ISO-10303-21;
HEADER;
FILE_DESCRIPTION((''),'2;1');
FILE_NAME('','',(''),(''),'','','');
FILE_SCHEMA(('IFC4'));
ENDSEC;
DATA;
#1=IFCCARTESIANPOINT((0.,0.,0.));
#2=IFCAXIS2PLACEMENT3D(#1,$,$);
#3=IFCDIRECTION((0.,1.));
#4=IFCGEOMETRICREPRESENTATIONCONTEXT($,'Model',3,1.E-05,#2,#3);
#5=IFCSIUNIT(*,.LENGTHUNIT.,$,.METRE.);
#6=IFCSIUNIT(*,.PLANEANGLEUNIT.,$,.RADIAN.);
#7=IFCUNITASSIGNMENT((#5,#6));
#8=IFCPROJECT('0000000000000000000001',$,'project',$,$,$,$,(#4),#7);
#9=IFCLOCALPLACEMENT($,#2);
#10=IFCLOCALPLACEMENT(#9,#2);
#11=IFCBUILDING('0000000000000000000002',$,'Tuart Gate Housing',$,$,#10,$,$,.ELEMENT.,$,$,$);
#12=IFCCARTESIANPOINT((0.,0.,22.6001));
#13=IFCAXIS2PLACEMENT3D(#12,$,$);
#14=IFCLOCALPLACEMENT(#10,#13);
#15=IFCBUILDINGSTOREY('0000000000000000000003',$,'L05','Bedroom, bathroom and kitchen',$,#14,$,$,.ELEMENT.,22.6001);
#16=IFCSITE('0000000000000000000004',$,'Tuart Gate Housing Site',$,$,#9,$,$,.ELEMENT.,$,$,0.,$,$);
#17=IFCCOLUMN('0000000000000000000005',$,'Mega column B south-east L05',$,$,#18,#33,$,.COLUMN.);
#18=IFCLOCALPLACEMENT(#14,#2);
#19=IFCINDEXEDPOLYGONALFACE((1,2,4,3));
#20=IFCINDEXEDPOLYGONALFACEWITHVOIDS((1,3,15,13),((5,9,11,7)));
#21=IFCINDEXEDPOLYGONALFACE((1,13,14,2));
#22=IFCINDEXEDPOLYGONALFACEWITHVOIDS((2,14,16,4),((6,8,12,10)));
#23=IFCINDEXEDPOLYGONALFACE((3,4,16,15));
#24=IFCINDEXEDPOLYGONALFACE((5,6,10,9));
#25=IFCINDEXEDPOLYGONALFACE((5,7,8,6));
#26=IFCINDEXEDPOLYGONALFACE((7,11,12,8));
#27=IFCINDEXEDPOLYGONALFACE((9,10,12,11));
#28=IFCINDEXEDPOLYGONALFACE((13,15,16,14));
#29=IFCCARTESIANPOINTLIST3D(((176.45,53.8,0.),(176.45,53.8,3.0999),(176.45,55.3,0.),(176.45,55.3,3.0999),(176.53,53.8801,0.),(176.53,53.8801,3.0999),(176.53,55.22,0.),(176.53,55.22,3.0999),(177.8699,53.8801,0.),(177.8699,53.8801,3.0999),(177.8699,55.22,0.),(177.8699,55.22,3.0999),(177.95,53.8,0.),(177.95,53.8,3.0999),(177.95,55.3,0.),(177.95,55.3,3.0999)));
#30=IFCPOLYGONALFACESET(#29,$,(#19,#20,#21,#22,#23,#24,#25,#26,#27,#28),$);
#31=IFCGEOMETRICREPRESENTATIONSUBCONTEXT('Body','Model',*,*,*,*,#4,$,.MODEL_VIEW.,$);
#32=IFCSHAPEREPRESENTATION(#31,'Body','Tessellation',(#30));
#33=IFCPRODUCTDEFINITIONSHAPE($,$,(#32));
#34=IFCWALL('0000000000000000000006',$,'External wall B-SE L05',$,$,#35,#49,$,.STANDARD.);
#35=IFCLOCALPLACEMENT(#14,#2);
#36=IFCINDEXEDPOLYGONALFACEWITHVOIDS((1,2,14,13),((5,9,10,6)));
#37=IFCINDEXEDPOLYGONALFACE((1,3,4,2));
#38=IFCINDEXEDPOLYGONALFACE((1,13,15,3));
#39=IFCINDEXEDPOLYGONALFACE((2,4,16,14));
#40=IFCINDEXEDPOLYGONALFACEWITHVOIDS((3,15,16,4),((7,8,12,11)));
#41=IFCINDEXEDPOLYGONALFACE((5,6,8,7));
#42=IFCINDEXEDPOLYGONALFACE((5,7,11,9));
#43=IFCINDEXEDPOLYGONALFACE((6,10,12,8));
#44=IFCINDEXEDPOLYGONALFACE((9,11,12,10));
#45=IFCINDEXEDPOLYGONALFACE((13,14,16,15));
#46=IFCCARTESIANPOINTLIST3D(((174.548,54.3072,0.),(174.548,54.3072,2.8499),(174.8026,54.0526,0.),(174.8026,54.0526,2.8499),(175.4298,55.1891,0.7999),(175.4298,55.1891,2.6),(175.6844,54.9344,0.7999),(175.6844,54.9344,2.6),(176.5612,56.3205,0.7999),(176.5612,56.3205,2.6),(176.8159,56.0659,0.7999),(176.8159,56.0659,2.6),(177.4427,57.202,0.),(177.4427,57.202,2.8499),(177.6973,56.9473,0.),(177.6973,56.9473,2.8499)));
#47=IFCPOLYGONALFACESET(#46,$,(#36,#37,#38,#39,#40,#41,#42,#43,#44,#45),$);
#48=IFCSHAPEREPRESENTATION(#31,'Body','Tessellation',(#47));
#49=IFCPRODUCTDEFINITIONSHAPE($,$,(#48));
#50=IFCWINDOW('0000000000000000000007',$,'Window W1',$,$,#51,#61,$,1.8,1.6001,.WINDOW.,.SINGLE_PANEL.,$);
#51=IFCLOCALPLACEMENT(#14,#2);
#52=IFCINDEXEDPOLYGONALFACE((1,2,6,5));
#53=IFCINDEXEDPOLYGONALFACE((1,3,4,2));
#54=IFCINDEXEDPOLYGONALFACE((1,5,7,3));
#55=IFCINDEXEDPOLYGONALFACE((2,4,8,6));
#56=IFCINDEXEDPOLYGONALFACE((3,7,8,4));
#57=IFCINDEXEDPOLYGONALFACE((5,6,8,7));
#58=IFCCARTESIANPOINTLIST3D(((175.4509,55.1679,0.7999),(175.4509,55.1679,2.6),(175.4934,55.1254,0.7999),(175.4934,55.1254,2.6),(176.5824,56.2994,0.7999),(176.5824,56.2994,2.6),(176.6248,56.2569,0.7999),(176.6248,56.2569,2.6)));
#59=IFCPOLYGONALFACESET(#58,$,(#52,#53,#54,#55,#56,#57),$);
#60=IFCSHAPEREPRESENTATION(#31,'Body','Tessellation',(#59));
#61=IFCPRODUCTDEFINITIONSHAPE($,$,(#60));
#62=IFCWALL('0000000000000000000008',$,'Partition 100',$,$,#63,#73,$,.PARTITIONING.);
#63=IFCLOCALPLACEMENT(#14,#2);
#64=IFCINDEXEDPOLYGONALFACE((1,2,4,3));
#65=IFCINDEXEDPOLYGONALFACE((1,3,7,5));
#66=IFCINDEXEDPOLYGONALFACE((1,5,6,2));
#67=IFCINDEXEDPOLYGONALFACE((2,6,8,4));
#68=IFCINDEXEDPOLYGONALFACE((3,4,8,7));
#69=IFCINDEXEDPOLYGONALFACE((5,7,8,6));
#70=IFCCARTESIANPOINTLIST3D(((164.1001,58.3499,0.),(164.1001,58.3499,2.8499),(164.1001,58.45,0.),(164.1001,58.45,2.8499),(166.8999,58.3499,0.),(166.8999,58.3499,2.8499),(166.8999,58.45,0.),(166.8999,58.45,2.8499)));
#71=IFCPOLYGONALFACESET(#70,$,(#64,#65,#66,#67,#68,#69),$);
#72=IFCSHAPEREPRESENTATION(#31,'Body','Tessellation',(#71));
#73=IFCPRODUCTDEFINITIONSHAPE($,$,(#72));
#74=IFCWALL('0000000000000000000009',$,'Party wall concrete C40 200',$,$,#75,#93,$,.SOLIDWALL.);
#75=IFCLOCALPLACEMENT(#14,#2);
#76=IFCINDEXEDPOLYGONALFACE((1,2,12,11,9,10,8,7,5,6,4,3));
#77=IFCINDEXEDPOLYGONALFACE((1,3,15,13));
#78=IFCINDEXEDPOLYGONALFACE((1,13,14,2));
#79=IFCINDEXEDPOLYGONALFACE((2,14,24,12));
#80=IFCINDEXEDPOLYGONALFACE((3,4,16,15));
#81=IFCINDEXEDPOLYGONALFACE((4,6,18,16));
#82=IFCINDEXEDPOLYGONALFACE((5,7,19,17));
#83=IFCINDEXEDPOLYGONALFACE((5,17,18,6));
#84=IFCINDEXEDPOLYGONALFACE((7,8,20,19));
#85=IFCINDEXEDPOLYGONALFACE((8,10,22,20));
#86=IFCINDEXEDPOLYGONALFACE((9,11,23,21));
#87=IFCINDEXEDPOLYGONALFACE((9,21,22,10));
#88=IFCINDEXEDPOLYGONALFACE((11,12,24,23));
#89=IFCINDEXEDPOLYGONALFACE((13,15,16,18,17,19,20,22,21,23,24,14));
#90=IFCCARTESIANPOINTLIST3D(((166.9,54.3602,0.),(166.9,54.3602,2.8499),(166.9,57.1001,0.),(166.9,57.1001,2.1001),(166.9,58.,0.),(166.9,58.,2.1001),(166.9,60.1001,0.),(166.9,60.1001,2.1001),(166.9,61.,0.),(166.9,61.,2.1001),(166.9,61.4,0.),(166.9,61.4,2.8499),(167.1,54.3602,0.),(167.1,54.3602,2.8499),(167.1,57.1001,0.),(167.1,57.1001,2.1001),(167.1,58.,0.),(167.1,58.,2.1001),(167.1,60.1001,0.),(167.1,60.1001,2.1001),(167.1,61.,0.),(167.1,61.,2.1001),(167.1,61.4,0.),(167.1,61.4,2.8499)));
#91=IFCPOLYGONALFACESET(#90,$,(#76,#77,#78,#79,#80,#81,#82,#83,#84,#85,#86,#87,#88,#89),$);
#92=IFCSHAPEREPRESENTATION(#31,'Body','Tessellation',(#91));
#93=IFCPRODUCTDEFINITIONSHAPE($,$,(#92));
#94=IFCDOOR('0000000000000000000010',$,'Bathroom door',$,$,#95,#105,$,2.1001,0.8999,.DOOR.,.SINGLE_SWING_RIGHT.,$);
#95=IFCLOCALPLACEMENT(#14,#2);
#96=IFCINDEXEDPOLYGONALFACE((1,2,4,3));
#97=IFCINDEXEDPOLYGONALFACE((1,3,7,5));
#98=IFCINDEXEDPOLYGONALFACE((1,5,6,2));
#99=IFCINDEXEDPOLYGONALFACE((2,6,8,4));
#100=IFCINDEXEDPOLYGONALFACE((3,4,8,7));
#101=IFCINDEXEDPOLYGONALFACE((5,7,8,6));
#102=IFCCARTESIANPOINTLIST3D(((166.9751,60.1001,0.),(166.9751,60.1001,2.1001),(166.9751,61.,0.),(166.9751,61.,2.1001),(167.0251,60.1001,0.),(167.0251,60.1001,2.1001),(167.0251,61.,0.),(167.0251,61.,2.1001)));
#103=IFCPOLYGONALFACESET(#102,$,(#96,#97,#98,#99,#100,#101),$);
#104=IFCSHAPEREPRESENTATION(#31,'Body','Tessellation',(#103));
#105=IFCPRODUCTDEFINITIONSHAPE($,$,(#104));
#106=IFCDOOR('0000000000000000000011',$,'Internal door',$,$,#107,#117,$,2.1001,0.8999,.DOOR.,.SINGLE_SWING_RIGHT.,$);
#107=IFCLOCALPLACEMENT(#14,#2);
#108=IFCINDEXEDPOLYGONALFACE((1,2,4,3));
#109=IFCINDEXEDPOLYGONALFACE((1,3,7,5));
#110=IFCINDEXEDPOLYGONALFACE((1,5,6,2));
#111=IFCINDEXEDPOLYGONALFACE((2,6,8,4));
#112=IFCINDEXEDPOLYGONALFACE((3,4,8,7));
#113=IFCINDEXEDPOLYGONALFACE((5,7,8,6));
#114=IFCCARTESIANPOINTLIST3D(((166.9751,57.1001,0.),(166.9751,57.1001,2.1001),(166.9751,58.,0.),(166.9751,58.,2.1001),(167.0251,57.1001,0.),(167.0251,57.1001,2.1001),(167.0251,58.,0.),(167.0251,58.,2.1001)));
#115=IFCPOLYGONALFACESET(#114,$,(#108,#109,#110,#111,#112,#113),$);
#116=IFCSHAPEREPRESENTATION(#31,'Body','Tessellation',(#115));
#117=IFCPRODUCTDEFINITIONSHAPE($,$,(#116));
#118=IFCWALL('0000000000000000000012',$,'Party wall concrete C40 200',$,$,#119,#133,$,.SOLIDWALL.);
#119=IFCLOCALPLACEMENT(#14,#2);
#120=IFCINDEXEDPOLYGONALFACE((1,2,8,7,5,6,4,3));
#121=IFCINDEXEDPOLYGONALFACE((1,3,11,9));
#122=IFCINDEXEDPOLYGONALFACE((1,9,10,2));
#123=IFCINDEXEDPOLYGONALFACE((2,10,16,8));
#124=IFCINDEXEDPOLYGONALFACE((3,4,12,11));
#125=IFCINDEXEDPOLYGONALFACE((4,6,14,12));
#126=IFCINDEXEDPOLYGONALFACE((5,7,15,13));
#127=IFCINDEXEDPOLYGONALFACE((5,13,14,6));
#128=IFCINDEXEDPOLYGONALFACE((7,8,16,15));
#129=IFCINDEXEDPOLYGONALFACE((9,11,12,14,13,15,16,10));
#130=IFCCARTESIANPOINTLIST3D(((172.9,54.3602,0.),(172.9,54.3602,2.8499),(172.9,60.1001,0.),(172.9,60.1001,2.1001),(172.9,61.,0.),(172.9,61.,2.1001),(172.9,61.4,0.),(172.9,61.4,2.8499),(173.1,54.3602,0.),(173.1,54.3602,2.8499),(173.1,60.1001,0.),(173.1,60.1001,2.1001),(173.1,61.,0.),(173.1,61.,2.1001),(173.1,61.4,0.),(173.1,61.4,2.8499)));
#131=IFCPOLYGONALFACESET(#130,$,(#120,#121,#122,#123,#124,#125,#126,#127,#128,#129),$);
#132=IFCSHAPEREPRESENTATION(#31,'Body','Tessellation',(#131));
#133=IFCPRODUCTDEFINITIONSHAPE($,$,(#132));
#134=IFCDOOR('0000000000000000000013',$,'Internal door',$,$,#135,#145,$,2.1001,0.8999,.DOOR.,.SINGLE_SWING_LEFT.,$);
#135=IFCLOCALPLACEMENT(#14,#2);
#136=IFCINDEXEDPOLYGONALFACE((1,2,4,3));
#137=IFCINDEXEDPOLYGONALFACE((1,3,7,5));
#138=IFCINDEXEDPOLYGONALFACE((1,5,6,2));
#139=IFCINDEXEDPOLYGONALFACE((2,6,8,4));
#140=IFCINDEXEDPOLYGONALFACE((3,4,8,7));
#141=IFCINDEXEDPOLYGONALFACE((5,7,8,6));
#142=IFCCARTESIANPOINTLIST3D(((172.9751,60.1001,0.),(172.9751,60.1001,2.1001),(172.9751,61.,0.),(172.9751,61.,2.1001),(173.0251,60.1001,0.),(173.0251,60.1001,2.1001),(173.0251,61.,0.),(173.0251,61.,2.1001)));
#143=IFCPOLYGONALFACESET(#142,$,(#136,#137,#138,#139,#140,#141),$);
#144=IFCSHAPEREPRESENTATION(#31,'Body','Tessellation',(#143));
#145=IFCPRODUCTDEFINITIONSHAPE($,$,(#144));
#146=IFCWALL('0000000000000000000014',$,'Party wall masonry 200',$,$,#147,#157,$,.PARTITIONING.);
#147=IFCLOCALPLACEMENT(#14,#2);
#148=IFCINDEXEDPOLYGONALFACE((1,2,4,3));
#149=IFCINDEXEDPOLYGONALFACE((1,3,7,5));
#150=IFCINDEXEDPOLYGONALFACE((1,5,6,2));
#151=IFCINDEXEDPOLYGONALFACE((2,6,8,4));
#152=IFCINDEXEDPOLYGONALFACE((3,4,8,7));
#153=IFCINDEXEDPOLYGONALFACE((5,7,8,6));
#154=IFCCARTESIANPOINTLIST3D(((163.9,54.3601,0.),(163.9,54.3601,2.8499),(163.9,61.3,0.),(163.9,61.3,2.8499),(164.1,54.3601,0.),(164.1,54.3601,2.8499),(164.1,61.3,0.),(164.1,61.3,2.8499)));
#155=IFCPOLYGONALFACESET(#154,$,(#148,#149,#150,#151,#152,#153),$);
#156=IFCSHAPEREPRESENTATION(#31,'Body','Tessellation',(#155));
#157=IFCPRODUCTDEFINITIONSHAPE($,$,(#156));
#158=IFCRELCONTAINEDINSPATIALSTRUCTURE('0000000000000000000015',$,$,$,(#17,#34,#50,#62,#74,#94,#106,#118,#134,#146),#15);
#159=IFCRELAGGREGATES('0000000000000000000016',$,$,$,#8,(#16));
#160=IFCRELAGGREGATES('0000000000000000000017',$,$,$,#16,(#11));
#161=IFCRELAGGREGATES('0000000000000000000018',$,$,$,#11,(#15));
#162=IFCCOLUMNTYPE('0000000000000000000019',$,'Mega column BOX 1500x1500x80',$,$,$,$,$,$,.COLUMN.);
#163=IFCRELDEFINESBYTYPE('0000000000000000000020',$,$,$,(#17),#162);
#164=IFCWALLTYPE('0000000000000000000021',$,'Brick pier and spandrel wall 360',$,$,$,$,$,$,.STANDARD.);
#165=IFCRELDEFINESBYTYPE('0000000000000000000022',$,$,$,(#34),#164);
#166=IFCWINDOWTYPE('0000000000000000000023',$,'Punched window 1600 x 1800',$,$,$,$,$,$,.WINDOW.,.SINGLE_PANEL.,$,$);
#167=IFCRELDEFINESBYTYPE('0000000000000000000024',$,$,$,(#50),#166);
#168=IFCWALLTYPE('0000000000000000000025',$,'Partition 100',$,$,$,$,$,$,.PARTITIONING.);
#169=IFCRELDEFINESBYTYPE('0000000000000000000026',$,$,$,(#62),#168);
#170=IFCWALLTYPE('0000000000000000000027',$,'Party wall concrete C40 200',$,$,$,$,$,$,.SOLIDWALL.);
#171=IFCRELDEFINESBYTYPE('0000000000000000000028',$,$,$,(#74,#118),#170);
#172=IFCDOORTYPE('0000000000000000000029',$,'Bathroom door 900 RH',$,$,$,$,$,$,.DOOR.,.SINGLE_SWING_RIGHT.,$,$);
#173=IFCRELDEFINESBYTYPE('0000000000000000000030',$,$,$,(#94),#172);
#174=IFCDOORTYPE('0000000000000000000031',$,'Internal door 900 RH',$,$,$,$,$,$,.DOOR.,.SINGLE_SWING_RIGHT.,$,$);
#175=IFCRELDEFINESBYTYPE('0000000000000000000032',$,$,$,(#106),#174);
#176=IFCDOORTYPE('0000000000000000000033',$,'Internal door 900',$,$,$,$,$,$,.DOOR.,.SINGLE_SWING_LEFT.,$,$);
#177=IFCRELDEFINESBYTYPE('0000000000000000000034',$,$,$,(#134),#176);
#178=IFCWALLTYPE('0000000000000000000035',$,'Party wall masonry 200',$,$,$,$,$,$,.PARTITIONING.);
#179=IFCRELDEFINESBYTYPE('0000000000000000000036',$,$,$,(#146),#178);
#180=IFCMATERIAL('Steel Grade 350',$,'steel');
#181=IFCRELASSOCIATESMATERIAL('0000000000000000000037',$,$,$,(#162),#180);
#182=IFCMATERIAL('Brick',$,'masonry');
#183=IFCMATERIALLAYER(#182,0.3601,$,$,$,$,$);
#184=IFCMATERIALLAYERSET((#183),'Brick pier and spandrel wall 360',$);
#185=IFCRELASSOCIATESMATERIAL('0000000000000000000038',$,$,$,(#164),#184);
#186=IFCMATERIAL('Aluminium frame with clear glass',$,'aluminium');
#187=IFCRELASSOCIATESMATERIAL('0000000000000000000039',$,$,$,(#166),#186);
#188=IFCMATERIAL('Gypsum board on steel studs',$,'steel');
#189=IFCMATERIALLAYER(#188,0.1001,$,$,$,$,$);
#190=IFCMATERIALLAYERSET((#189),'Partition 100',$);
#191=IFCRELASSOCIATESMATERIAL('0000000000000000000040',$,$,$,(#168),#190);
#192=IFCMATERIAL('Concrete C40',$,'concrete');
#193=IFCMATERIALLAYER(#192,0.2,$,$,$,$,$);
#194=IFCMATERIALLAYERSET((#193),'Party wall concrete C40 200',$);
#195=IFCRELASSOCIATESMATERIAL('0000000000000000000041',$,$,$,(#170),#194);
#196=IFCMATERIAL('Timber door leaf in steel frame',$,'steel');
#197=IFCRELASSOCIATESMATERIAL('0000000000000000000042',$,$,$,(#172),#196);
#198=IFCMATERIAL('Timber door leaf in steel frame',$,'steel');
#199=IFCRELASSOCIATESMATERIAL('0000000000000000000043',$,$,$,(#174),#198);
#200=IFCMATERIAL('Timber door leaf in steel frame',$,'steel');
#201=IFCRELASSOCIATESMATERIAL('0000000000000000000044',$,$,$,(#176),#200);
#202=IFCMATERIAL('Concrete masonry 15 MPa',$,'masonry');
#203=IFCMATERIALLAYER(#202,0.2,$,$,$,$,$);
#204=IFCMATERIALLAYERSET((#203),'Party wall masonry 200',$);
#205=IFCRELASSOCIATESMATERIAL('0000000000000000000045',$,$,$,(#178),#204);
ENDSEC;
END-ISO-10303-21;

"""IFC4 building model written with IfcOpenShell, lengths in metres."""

from ifc_helpers import new_model, si_unit, direction, frame, frame_2d, origin, origin_2d, place, context, subcontext, project, spatial, rectangle, hollow_rectangle, extrude, material, layer, layer_set, material_profile, profile_set, type_object, element, fill, save


model = new_model("IFC4")

# Units and contexts
model_context = context("Model", 3, precision=1e-05, world=origin(), true_north=direction((0.0, 1.0)))
body_context = subcontext(model_context, "Body", "Model", "MODEL_VIEW")
ifc_project = project(units=[si_unit("LENGTHUNIT", "METRE"), si_unit("PLANEANGLEUNIT", "RADIAN")], contexts=[model_context])

# Site, building, storey
site_placement = place(None, origin())
site = spatial("IfcSite", under=ifc_project, at=site_placement, Name="Tuart Gate Housing Site", CompositionType="ELEMENT", RefElevation=0.0)
building_placement = place(site_placement, origin())
building = spatial("IfcBuilding", under=site, at=building_placement, Name="Tuart Gate Housing", CompositionType="ELEMENT")
storey_placement = place(building_placement, frame((0.0, 0.0, 22.6001)))
storey = spatial("IfcBuildingStorey", under=building, at=storey_placement, Name="L05", Description="Bedroom, bathroom and kitchen", CompositionType="ELEMENT", Elevation=22.6001)

# Column
ifc_material_1 = material(Name="Steel Grade 350", Category="steel")
ifc_material_profile = material_profile(ifc_material_1, hollow_rectangle(XDim=1.5, YDim=1.5, WallThickness=0.0801, at=origin_2d()), Name="BOX 1500x1500x80")
ifc_profile_set = profile_set([ifc_material_profile], Name="Steel Grade 350")
column_type = type_object("IfcColumnType", Name="Mega column BOX 1500x1500x80", PredefinedType="COLUMN", material=ifc_profile_set)
column_placement = place(storey_placement, frame((177.2, 54.55, 0.0), z_axis=(0.0, 0.0, 1.0), x_axis=(1.0, 0.0, 0.0)))
element("IfcColumn", 1, at=column_placement, inside=storey, type_object=column_type, Name="Mega column B south-east L05", PredefinedType="COLUMN", context=body_context, shape_type="SweptSolid", body=[
    extrude(hollow_rectangle(XDim=1.5, YDim=1.5, WallThickness=0.0801, at=origin_2d()), origin(), (0.0, 0.0, 1.0), 3.0999),
])

# Wall, opening, window
ifc_material_2 = material(Name="Brick", Category="masonry")
ifc_layer_1 = layer(ifc_material_2, 0.3601)
ifc_layer_set_1 = layer_set([ifc_layer_1], Name="Brick pier and spandrel wall 360")
wall_type_1 = type_object("IfcWallType", Name="Brick pier and spandrel wall 360", PredefinedType="STANDARD", material=ifc_layer_set_1)
wall_1_placement = place(storey_placement, frame((174.6753, 54.1799, 0.0), z_axis=(0.0, 0.0, 1.0), x_axis=(0.707107, 0.707107, 0.0)))
wall_1 = element("IfcWall", 2, at=wall_1_placement, inside=storey, type_object=wall_type_1, Name="External wall B-SE L05", PredefinedType="STANDARD", context=body_context, shape_type="SweptSolid", body=[
    extrude(rectangle(XDim=4.0938, YDim=0.3601, at=frame_2d((2.0469, 0.0))), origin(), (0.0, 0.0, 1.0), 2.8499),
])
opening_1_placement = place(wall_1_placement, frame((1.2471, 0.0, 0.8)))
opening_1 = element("IfcOpeningElement", 3, at=opening_1_placement, cuts=wall_1, PredefinedType="OPENING", context=body_context, shape_type="SweptSolid", body=[
    extrude(rectangle(XDim=1.6001, YDim=1.8, at=frame_2d((0.8, 0.8999))), frame((0.0, 0.1899, 0.0), z_axis=(0.0, -1.0, 0.0), x_axis=(1.0, 0.0, 0.0)), (0.0, 0.0, 1.0), 0.3801),
])
ifc_material_3 = material(Name="Aluminium frame with clear glass", Category="aluminium")
window_type_1 = type_object("IfcWindowType", Name="Punched window 1600 x 1800", PartitioningType="SINGLE_PANEL", PredefinedType="WINDOW", material=ifc_material_3)
window_1_placement = place(opening_1_placement, origin())
window_1 = element("IfcWindow", 4, at=window_1_placement, inside=storey, type_object=window_type_1, Name="Window W1", OverallHeight=1.8, OverallWidth=1.6001, PartitioningType="SINGLE_PANEL", PredefinedType="WINDOW", context=body_context, shape_type="SweptSolid", body=[
    extrude(rectangle(XDim=1.6001, YDim=1.8, at=frame_2d((0.8, 0.8999))), frame((0.0, 0.1501, 0.0), z_axis=(0.0, -1.0, 0.0), x_axis=(1.0, 0.0, 0.0)), (0.0, 0.0, 1.0), 0.0601),
])
fill(opening_1, window_1)

# Wall
ifc_material_4 = material(Name="Gypsum board on steel studs", Category="steel")
ifc_layer_2 = layer(ifc_material_4, 0.1001)
ifc_layer_set_2 = layer_set([ifc_layer_2], Name="Partition 100")
wall_type_2 = type_object("IfcWallType", Name="Partition 100", PredefinedType="PARTITIONING", material=ifc_layer_set_2)
wall_2_placement = place(storey_placement, frame((164.1001, 58.3999, 0.0), z_axis=(0.0, 0.0, 1.0), x_axis=(1.0, 0.0, 0.0)))
element("IfcWall", 5, at=wall_2_placement, inside=storey, type_object=wall_type_2, Name="Partition 100", PredefinedType="PARTITIONING", context=body_context, shape_type="SweptSolid", body=[
    extrude(rectangle(XDim=2.7998, YDim=0.1001, at=frame_2d((1.3999, 0.0))), origin(), (0.0, 0.0, 1.0), 2.8499),
])

# Wall, openings, doors
ifc_material_5 = material(Name="Concrete C40", Category="concrete")
ifc_layer_3 = layer(ifc_material_5, 0.2)
ifc_layer_set_3 = layer_set([ifc_layer_3], Name="Party wall concrete C40 200")
wall_type_3 = type_object("IfcWallType", Name="Party wall concrete C40 200", PredefinedType="SOLIDWALL", material=ifc_layer_set_3)
wall_3_placement = place(storey_placement, frame((167.0, 54.3601, 0.0), z_axis=(0.0, 0.0, 1.0), x_axis=(0.0, 1.0, 0.0)))
wall_3 = element("IfcWall", 6, at=wall_3_placement, inside=storey, type_object=wall_type_3, Name="Party wall concrete C40 200", PredefinedType="SOLIDWALL", context=body_context, shape_type="SweptSolid", body=[
    extrude(rectangle(XDim=7.0398, YDim=0.2, at=frame_2d((3.52, 0.0))), origin(), (0.0, 0.0, 1.0), 2.8499),
])
opening_2_placement = place(wall_3_placement, frame((2.74, 0.0, 0.0)))
opening_2 = element("IfcOpeningElement", 7, at=opening_2_placement, cuts=wall_3, PredefinedType="OPENING", context=body_context, shape_type="SweptSolid", body=[
    extrude(rectangle(XDim=0.8999, YDim=2.1001, at=frame_2d((0.45, 1.05))), frame((0.0, 0.1099, 0.0), z_axis=(0.0, -1.0, 0.0), x_axis=(1.0, 0.0, 0.0)), (0.0, 0.0, 1.0), 0.22),
])
opening_3_placement = place(wall_3_placement, frame((5.74, 0.0, 0.0)))
opening_3 = element("IfcOpeningElement", 8, at=opening_3_placement, cuts=wall_3, PredefinedType="OPENING", context=body_context, shape_type="SweptSolid", body=[
    extrude(rectangle(XDim=0.8999, YDim=2.1001, at=frame_2d((0.45, 1.05))), frame((0.0, 0.1099, 0.0), z_axis=(0.0, -1.0, 0.0), x_axis=(1.0, 0.0, 0.0)), (0.0, 0.0, 1.0), 0.22),
])
ifc_material_6 = material(Name="Timber door leaf in steel frame", Category="steel")
door_type_1 = type_object("IfcDoorType", Name="Bathroom door 900 RH", OperationType="SINGLE_SWING_RIGHT", PredefinedType="DOOR", material=ifc_material_6)
door_1_placement = place(opening_3_placement, origin())
door_1 = element("IfcDoor", 9, at=door_1_placement, inside=storey, type_object=door_type_1, Name="Bathroom door", OperationType="SINGLE_SWING_RIGHT", OverallHeight=2.1001, OverallWidth=0.8999, PredefinedType="DOOR", context=body_context, shape_type="SweptSolid", body=[
    extrude(rectangle(XDim=0.8999, YDim=2.1001, at=frame_2d((0.45, 1.05))), frame((0.0, 0.0249, 0.0), z_axis=(0.0, -1.0, 0.0), x_axis=(1.0, 0.0, 0.0)), (0.0, 0.0, 1.0), 0.05),
])
fill(opening_3, door_1)
ifc_material_7 = material(Name="Timber door leaf in steel frame", Category="steel")
door_type_2 = type_object("IfcDoorType", Name="Internal door 900 RH", OperationType="SINGLE_SWING_RIGHT", PredefinedType="DOOR", material=ifc_material_7)
door_2_placement = place(opening_2_placement, origin())
door_2 = element("IfcDoor", 10, at=door_2_placement, inside=storey, type_object=door_type_2, Name="Internal door", OperationType="SINGLE_SWING_RIGHT", OverallHeight=2.1001, OverallWidth=0.8999, PredefinedType="DOOR", context=body_context, shape_type="SweptSolid", body=[
    extrude(rectangle(XDim=0.8999, YDim=2.1001, at=frame_2d((0.45, 1.05))), frame((0.0, 0.0249, 0.0), z_axis=(0.0, -1.0, 0.0), x_axis=(1.0, 0.0, 0.0)), (0.0, 0.0, 1.0), 0.05),
])
fill(opening_2, door_2)

# Wall, opening, door
wall_4_placement = place(storey_placement, frame((173.0, 54.3601, 0.0), z_axis=(0.0, 0.0, 1.0), x_axis=(0.0, 1.0, 0.0)))
wall_4 = element("IfcWall", 11, at=wall_4_placement, inside=storey, type_object=wall_type_3, Name="Party wall concrete C40 200", PredefinedType="SOLIDWALL", context=body_context, shape_type="SweptSolid", body=[
    extrude(rectangle(XDim=7.0398, YDim=0.2, at=frame_2d((3.52, 0.0))), origin(), (0.0, 0.0, 1.0), 2.8499),
])
opening_4_placement = place(wall_4_placement, frame((5.74, 0.0, 0.0)))
opening_4 = element("IfcOpeningElement", 12, at=opening_4_placement, cuts=wall_4, PredefinedType="OPENING", context=body_context, shape_type="SweptSolid", body=[
    extrude(rectangle(XDim=0.8999, YDim=2.1001, at=frame_2d((0.45, 1.05))), frame((0.0, 0.1099, 0.0), z_axis=(0.0, -1.0, 0.0), x_axis=(1.0, 0.0, 0.0)), (0.0, 0.0, 1.0), 0.22),
])
ifc_material_8 = material(Name="Timber door leaf in steel frame", Category="steel")
door_type_3 = type_object("IfcDoorType", Name="Internal door 900", OperationType="SINGLE_SWING_LEFT", PredefinedType="DOOR", material=ifc_material_8)
door_3_placement = place(opening_4_placement, frame((0.8999, 0.0, 0.0), z_axis=(0.0, 0.0, 1.0), x_axis=(-1.0, 0.0, 0.0)))
door_3 = element("IfcDoor", 13, at=door_3_placement, inside=storey, type_object=door_type_3, Name="Internal door", OperationType="SINGLE_SWING_LEFT", OverallHeight=2.1001, OverallWidth=0.8999, PredefinedType="DOOR", context=body_context, shape_type="SweptSolid", body=[
    extrude(rectangle(XDim=0.8999, YDim=2.1001, at=frame_2d((0.45, 1.05))), frame((0.0, 0.0251, 0.0), z_axis=(0.0, -1.0, 0.0), x_axis=(1.0, 0.0, 0.0)), (0.0, 0.0, 1.0), 0.05),
])
fill(opening_4, door_3)

# Wall
ifc_material_9 = material(Name="Concrete masonry 15 MPa", Category="masonry")
ifc_layer_4 = layer(ifc_material_9, 0.2)
ifc_layer_set_4 = layer_set([ifc_layer_4], Name="Party wall masonry 200")
wall_type_4 = type_object("IfcWallType", Name="Party wall masonry 200", PredefinedType="PARTITIONING", material=ifc_layer_set_4)
wall_5_placement = place(storey_placement, frame((164.0, 54.3601, 0.0), z_axis=(0.0, 0.0, 1.0), x_axis=(0.0, 1.0, 0.0)))
element("IfcWall", 14, at=wall_5_placement, inside=storey, type_object=wall_type_4, Name="Party wall masonry 200", PredefinedType="PARTITIONING", context=body_context, shape_type="SweptSolid", body=[
    extrude(rectangle(XDim=6.9399, YDim=0.2, at=frame_2d((3.47, 0.0))), origin(), (0.0, 0.0, 1.0), 2.8499),
])

save(model, "model.ifc")
